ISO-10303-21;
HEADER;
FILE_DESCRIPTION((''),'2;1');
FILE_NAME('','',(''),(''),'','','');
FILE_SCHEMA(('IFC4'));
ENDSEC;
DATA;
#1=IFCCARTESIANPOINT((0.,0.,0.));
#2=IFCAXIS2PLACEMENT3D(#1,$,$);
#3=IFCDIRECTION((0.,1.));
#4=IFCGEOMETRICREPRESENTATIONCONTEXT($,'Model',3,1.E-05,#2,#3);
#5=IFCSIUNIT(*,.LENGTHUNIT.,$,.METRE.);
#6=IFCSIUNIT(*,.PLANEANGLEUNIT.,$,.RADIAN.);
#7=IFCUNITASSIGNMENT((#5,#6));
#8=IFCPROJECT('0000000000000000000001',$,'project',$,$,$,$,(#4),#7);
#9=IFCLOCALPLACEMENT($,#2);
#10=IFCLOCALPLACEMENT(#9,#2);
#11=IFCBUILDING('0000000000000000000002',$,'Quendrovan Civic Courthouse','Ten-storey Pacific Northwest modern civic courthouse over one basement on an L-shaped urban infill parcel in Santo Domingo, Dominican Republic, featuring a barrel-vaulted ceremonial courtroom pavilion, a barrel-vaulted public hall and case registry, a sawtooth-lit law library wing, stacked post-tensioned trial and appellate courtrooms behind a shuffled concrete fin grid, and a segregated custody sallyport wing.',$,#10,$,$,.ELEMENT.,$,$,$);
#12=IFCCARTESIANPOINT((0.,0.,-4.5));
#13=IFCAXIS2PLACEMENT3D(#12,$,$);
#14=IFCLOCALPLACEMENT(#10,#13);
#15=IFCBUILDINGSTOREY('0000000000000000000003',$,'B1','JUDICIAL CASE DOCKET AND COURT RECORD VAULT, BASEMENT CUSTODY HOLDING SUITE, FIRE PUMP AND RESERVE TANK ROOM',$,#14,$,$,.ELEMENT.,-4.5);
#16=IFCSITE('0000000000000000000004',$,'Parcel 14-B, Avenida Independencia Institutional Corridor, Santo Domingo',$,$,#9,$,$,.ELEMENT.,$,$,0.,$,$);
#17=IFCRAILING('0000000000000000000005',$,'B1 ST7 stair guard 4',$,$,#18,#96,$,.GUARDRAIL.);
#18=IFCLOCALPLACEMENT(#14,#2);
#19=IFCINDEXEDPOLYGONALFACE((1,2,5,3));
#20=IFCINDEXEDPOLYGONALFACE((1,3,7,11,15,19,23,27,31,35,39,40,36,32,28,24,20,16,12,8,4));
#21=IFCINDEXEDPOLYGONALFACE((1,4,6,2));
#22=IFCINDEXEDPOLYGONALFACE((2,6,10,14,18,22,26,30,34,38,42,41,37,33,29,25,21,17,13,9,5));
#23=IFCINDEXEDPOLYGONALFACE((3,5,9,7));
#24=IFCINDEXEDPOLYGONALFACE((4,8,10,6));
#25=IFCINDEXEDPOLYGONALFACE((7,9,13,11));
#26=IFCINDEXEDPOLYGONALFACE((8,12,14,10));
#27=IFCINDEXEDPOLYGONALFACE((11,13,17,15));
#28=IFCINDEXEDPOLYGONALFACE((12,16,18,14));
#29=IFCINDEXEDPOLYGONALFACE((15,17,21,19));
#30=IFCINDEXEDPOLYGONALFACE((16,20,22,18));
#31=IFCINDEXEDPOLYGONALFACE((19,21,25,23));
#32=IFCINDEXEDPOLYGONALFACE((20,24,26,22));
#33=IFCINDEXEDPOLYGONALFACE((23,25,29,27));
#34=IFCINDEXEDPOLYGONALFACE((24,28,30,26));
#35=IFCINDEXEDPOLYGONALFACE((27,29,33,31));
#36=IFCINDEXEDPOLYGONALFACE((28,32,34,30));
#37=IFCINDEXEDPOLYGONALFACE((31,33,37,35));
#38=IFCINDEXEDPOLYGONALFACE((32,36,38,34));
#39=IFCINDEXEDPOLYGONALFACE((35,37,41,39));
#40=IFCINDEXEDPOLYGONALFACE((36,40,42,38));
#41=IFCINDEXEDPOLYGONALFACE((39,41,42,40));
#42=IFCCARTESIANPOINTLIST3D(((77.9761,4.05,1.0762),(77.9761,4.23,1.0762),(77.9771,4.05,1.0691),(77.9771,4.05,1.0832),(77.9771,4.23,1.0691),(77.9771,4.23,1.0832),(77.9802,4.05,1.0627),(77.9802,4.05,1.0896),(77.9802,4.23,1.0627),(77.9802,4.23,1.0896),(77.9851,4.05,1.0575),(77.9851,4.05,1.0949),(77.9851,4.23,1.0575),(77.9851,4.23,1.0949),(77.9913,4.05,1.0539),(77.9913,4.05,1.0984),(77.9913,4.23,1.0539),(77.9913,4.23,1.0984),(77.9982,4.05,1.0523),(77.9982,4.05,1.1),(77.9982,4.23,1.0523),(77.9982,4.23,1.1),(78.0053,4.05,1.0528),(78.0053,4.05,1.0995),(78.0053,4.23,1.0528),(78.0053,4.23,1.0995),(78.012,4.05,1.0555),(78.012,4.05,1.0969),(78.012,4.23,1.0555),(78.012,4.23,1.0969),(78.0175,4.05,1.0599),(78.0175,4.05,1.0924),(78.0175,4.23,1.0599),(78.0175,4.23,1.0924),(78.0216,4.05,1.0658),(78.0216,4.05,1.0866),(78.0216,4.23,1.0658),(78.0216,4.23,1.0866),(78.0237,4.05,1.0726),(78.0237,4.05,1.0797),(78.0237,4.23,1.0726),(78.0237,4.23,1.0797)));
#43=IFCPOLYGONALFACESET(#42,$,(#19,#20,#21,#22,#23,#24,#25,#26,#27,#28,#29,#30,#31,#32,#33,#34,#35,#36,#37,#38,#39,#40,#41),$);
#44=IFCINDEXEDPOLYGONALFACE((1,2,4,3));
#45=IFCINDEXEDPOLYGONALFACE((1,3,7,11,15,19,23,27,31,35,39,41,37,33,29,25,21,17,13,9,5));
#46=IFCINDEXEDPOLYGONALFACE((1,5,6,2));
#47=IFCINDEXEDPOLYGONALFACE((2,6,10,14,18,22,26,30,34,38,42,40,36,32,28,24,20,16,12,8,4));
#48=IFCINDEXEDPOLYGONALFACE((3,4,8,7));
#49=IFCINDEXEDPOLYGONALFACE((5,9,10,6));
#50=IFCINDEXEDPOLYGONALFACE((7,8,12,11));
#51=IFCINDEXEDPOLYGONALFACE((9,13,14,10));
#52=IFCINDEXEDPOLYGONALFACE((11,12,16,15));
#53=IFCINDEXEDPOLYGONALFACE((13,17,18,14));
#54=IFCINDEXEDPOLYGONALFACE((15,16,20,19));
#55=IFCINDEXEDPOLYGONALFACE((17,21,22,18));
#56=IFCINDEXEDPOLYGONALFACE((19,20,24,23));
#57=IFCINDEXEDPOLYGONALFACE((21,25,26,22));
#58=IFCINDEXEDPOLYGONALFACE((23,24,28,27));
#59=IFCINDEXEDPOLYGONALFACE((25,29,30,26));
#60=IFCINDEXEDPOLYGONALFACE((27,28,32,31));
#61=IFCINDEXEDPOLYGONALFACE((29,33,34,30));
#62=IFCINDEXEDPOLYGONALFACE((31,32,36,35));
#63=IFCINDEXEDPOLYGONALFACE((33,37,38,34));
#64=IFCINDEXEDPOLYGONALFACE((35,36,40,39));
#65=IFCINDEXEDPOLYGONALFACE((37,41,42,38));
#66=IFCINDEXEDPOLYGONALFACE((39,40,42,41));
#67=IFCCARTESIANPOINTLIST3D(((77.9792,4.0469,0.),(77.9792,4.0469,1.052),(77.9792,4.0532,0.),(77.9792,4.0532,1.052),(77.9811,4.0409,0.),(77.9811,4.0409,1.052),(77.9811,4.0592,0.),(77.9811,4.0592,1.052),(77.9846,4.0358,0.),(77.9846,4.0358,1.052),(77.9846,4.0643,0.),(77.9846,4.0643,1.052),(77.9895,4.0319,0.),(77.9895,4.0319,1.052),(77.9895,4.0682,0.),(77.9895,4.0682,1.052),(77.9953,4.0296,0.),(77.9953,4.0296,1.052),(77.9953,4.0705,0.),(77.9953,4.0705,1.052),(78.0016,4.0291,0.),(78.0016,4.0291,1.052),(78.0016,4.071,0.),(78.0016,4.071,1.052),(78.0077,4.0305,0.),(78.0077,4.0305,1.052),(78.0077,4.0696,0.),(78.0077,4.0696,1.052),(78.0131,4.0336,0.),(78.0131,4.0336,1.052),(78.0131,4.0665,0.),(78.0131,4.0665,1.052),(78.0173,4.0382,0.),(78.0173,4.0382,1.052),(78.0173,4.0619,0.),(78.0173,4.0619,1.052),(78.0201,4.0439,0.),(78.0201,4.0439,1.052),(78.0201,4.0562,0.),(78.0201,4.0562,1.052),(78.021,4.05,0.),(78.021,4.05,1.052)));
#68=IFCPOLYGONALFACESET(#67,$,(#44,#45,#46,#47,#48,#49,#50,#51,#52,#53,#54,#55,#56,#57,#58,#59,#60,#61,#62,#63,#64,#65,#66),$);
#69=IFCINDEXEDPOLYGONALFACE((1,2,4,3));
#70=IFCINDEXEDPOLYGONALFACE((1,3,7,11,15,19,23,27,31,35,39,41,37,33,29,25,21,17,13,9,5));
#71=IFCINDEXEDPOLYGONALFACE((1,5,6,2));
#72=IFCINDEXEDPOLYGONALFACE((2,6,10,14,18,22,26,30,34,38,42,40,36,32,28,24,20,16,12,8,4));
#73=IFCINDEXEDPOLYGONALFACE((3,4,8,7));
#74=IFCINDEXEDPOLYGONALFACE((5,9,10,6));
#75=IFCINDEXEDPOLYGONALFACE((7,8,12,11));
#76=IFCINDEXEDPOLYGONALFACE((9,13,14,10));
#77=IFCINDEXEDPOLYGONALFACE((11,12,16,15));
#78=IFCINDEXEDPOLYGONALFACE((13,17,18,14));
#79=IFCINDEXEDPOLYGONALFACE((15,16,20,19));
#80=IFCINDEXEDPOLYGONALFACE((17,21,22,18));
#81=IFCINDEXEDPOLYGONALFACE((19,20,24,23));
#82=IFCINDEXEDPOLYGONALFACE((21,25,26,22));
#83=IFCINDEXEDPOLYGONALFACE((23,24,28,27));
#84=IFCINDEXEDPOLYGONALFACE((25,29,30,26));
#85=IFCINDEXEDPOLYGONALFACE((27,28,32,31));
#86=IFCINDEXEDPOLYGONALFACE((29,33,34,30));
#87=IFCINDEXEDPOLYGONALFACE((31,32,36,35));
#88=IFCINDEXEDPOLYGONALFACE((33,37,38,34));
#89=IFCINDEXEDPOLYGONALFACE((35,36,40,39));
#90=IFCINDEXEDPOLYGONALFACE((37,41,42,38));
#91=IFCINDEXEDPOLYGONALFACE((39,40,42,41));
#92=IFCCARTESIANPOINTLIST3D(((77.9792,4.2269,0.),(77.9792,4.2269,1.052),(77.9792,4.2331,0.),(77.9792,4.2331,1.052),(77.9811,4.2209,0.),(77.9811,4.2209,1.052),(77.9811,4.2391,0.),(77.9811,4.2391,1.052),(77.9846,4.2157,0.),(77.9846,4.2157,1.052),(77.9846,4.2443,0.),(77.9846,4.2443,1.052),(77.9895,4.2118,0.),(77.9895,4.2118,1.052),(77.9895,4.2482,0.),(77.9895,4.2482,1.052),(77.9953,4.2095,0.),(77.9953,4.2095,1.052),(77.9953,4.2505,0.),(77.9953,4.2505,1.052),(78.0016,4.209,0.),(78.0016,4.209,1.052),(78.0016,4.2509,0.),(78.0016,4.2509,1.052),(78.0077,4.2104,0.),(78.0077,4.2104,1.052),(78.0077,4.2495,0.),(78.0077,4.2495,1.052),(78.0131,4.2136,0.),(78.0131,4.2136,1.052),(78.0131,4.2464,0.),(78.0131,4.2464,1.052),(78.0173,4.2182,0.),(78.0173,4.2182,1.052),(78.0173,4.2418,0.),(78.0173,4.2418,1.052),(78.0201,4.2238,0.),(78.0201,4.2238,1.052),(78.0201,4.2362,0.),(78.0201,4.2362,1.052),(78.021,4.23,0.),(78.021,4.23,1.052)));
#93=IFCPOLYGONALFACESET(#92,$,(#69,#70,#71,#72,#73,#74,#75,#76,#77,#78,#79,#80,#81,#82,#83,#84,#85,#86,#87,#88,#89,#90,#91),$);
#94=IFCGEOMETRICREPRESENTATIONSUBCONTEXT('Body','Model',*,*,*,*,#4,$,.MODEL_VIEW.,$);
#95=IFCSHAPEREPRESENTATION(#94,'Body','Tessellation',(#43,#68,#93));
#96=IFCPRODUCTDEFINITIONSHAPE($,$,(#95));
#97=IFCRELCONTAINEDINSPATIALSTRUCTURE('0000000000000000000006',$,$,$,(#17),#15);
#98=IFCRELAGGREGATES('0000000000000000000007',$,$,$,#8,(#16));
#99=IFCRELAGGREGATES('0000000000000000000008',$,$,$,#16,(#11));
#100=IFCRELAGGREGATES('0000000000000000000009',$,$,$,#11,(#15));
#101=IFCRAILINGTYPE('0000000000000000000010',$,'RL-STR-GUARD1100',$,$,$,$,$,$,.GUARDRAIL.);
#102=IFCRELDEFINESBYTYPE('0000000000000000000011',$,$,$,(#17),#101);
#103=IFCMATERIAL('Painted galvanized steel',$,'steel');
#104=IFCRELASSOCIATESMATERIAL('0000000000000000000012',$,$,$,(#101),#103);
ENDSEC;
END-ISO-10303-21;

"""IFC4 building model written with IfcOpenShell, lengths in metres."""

from ifc_helpers import new_model, si_unit, direction, frame, origin, origin_2d, place, context, subcontext, project, spatial, circle, extrude, material, type_object, element, save


model = new_model("IFC4")

# Units and contexts
model_context = context("Model", 3, precision=1e-05, world=origin(), true_north=direction((0.0, 1.0)))
body_context = subcontext(model_context, "Body", "Model", "MODEL_VIEW")
ifc_project = project(units=[si_unit("LENGTHUNIT", "METRE"), si_unit("PLANEANGLEUNIT", "RADIAN")], contexts=[model_context])

# Site, building, storey
site_placement = place(None, origin())
site = spatial("IfcSite", under=ifc_project, at=site_placement, Name="Parcel 14-B, Avenida Independencia Institutional Corridor, Santo Domingo", CompositionType="ELEMENT", RefElevation=0.0)
building_placement = place(site_placement, origin())
building = spatial("IfcBuilding", under=site, at=building_placement, Name="Quendrovan Civic Courthouse", Description="Ten-storey Pacific Northwest modern civic courthouse over one basement on an L-shaped urban infill parcel in Santo Domingo, Dominican Republic, featuring a barrel-vaulted ceremonial courtroom pavilion, a barrel-vaulted public hall and case registry, a sawtooth-lit law library wing, stacked post-tensioned trial and appellate courtrooms behind a shuffled concrete fin grid, and a segregated custody sallyport wing.", CompositionType="ELEMENT")
storey_placement = place(building_placement, frame((0.0, 0.0, -4.5)))
storey = spatial("IfcBuildingStorey", under=building, at=storey_placement, Name="B1", Description="JUDICIAL CASE DOCKET AND COURT RECORD VAULT, BASEMENT CUSTODY HOLDING SUITE, FIRE PUMP AND RESERVE TANK ROOM", CompositionType="ELEMENT", Elevation=-4.5)

# Railing
ifc_material_1 = material(Name="Painted galvanized steel", Category="steel")
railing_type_1 = type_object("IfcRailingType", Name="RL-STR-GUARD1100", PredefinedType="GUARDRAIL", material=ifc_material_1)
railing_1_placement = place(storey_placement, frame((78.0, 4.05, 0.0)))
element("IfcRailing", 1, at=railing_1_placement, inside=storey, type_object=railing_type_1, Name="B1 ST7 stair guard 4", PredefinedType="GUARDRAIL", context=body_context, shape_type="SweptSolid", body=[
    extrude(circle(Radius=0.0239, at=origin_2d()), frame((0.0, 0.0, 1.0762), z_axis=(0.0, 1.0, 0.0), x_axis=(-1.0, 0.0, 0.0)), (0.0, 0.0, 1.0), 0.1799),
    extrude(circle(Radius=0.021, at=origin_2d()), origin(), (0.0, 0.0, 1.0), 1.052),
    extrude(circle(Radius=0.021, at=origin_2d()), frame((0.0, 0.1799, 0.0)), (0.0, 0.0, 1.0), 1.052),
])

save(model, "model.ifc")
